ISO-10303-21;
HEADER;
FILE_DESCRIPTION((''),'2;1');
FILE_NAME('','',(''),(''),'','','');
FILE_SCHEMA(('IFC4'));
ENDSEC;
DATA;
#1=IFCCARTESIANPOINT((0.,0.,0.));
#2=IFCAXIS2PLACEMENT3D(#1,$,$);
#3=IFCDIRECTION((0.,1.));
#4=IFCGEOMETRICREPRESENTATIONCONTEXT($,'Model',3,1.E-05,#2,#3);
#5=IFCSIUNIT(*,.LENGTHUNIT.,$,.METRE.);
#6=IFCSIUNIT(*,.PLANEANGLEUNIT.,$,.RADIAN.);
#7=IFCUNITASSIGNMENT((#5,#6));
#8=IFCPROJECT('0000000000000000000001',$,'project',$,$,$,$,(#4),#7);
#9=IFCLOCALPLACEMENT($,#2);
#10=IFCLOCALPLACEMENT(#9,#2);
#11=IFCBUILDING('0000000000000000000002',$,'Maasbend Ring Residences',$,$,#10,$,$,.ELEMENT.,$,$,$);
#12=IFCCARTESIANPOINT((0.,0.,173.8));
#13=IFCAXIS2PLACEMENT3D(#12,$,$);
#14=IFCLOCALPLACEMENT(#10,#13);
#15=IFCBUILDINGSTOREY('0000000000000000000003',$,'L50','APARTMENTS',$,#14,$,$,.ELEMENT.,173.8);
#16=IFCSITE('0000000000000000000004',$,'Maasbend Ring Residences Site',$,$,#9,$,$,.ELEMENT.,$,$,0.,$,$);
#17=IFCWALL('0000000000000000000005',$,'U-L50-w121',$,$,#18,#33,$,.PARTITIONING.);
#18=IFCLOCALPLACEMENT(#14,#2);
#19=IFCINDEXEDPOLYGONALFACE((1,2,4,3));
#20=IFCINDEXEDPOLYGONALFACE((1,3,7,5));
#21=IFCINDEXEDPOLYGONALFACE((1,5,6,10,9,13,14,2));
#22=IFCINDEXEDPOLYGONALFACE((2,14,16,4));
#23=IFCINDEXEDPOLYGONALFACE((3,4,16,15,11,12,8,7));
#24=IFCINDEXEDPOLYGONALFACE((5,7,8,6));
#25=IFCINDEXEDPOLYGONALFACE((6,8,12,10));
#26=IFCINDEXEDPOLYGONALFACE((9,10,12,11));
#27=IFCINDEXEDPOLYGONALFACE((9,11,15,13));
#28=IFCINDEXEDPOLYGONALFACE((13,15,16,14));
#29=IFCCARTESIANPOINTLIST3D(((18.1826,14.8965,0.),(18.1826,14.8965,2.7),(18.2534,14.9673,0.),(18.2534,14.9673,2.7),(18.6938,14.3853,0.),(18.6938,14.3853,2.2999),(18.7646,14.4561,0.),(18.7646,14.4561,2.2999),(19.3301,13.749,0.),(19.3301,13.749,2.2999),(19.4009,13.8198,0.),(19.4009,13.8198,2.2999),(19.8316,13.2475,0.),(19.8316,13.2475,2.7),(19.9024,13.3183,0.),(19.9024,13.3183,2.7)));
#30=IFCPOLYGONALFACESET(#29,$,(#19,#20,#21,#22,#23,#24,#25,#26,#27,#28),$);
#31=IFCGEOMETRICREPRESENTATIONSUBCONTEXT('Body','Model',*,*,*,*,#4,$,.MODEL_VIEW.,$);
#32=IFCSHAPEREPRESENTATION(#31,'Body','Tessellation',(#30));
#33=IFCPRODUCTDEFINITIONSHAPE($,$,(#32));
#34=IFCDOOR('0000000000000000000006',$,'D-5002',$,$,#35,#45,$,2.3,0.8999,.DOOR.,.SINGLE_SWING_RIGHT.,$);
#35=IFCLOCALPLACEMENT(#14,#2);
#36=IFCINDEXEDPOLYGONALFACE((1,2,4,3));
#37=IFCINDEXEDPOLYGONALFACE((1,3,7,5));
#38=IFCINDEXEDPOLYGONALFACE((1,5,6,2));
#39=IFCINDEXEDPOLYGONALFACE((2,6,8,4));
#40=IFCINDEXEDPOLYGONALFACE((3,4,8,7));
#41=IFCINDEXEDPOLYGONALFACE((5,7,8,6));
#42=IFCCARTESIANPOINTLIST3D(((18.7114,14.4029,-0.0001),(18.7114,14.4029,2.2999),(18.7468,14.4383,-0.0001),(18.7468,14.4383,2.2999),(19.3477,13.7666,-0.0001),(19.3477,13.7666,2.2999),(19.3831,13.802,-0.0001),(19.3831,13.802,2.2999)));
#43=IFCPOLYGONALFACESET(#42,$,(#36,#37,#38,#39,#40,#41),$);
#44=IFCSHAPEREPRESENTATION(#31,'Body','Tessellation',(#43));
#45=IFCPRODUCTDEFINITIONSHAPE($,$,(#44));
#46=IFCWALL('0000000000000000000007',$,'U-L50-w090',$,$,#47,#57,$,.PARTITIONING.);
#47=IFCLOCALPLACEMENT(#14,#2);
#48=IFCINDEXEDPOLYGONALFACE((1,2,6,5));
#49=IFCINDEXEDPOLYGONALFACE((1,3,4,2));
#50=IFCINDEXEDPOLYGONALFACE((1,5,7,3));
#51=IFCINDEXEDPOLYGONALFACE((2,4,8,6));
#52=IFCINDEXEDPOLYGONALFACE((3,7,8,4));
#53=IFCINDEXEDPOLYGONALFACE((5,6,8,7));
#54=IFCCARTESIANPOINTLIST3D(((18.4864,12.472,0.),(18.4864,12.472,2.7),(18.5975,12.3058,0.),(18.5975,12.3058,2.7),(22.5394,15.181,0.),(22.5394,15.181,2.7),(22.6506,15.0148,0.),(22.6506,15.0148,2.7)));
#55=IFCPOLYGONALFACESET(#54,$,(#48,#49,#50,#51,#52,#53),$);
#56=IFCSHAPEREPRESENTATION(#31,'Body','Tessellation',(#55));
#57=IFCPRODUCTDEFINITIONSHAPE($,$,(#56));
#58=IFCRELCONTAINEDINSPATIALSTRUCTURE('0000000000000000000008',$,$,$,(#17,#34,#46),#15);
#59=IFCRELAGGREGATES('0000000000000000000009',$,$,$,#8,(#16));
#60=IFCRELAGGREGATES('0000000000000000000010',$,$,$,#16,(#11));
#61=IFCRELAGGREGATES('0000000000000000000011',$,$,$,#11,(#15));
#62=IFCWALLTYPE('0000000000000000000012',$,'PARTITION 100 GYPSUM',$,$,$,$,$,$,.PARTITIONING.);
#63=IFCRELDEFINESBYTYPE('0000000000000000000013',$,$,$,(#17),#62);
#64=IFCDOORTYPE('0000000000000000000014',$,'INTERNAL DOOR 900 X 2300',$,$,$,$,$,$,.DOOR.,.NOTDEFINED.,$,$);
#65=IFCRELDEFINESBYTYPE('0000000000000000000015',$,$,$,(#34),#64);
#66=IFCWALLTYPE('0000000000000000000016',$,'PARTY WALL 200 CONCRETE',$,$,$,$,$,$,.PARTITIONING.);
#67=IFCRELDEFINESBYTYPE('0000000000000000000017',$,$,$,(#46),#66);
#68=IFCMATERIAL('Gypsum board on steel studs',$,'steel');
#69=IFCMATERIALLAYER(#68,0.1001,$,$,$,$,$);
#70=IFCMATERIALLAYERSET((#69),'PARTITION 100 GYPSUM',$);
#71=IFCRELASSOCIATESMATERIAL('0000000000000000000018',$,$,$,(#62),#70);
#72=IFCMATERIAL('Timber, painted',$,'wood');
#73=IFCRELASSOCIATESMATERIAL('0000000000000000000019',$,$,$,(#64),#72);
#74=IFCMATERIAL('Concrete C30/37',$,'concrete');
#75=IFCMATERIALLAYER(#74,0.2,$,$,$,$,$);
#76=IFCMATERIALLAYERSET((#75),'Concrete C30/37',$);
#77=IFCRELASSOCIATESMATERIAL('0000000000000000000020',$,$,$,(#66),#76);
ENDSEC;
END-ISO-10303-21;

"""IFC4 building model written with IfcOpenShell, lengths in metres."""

from ifc_helpers import new_model, si_unit, direction, frame, frame_2d, origin, place, context, subcontext, project, spatial, rectangle, extrude, material, layer, layer_set, type_object, element, fill, save


model = new_model("IFC4")

# Units and contexts
model_context = context("Model", 3, precision=1e-05, world=origin(), true_north=direction((0.0, 1.0)))
body_context = subcontext(model_context, "Body", "Model", "MODEL_VIEW")
ifc_project = project(units=[si_unit("LENGTHUNIT", "METRE"), si_unit("PLANEANGLEUNIT", "RADIAN")], contexts=[model_context])

# Site, building, storey
site_placement = place(None, origin())
site = spatial("IfcSite", under=ifc_project, at=site_placement, Name="Maasbend Ring Residences Site", CompositionType="ELEMENT", RefElevation=0.0)
building_placement = place(site_placement, origin())
building = spatial("IfcBuilding", under=site, at=building_placement, Name="Maasbend Ring Residences", CompositionType="ELEMENT")
storey_placement = place(building_placement, frame((0.0, 0.0, 173.8)))
storey = spatial("IfcBuildingStorey", under=building, at=storey_placement, Name="L50", Description="APARTMENTS", CompositionType="ELEMENT", Elevation=173.8)

# Shared definitions
ifc_material_1 = material(Name="Gypsum board on steel studs", Category="steel")
ifc_layer_1 = layer(ifc_material_1, 0.1001)
ifc_layer_set_1 = layer_set([ifc_layer_1], Name="PARTITION 100 GYPSUM")
wall_type_1 = type_object("IfcWallType", Name="PARTITION 100 GYPSUM", PredefinedType="PARTITIONING", material=ifc_layer_set_1)

# Wall, opening, door
wall_1_placement = place(storey_placement, frame((18.218, 14.9319, 0.0), z_axis=(0.0, 0.0, 1.0), x_axis=(0.707107, -0.707107, 0.0)))
wall_1 = element("IfcWall", 1, at=wall_1_placement, inside=storey, type_object=wall_type_1, Name="U-L50-w121", PredefinedType="PARTITIONING", context=body_context, shape_type="SweptSolid", body=[
    extrude(rectangle(XDim=2.332, YDim=0.1001, at=frame_2d((1.166, 0.0))), origin(), (0.0, 0.0, 1.0), 2.7),
])
opening_1_placement = place(wall_1_placement, frame((0.7229, 0.0, 0.0)))
opening_1 = element("IfcOpeningElement", 2, at=opening_1_placement, cuts=wall_1, PredefinedType="OPENING", context=body_context, shape_type="SweptSolid", body=[
    extrude(rectangle(XDim=0.8999, YDim=2.3, at=frame_2d((0.45, 1.1499))), frame((0.0, 0.0601, 0.0), z_axis=(0.0, -1.0, 0.0), x_axis=(1.0, 0.0, 0.0)), (0.0, 0.0, 1.0), 0.1201),
])
ifc_material_2 = material(Name="Timber, painted", Category="wood")
door_type_1 = type_object("IfcDoorType", Name="INTERNAL DOOR 900 X 2300", OperationType="NOTDEFINED", PredefinedType="DOOR", material=ifc_material_2)
door_1_placement = place(opening_1_placement, origin())
door_1 = element("IfcDoor", 3, at=door_1_placement, inside=storey, type_object=door_type_1, Name="D-5002", OperationType="SINGLE_SWING_RIGHT", OverallHeight=2.3, OverallWidth=0.8999, PredefinedType="DOOR", context=body_context, shape_type="SweptSolid", body=[
    extrude(rectangle(XDim=0.8999, YDim=2.3, at=frame_2d((0.45, 1.1499))), frame((0.0, 0.0249, 0.0), z_axis=(0.0, -1.0, 0.0), x_axis=(1.0, 0.0, 0.0)), (0.0, 0.0, 1.0), 0.05),
])
fill(opening_1, door_1)

# Wall
ifc_material_3 = material(Name="Concrete C30/37", Category="concrete")
ifc_layer_2 = layer(ifc_material_3, 0.2)
ifc_layer_set_2 = layer_set([ifc_layer_2], Name="Concrete C30/37")
wall_type_2 = type_object("IfcWallType", Name="PARTY WALL 200 CONCRETE", PredefinedType="PARTITIONING", material=ifc_layer_set_2)
wall_2_placement = place(storey_placement, frame((18.542, 12.3889, 0.0), z_axis=(0.0, 0.0, 1.0), x_axis=(0.831387, 0.555694, 0.0)))
element("IfcWall", 4, at=wall_2_placement, inside=storey, type_object=wall_type_2, Name="U-L50-w090", PredefinedType="PARTITIONING", context=body_context, shape_type="SweptSolid", body=[
    extrude(rectangle(XDim=4.875, YDim=0.2, at=frame_2d((2.4375, 0.0))), origin(), (0.0, 0.0, 1.0), 2.7),
])

save(model, "model.ifc")
